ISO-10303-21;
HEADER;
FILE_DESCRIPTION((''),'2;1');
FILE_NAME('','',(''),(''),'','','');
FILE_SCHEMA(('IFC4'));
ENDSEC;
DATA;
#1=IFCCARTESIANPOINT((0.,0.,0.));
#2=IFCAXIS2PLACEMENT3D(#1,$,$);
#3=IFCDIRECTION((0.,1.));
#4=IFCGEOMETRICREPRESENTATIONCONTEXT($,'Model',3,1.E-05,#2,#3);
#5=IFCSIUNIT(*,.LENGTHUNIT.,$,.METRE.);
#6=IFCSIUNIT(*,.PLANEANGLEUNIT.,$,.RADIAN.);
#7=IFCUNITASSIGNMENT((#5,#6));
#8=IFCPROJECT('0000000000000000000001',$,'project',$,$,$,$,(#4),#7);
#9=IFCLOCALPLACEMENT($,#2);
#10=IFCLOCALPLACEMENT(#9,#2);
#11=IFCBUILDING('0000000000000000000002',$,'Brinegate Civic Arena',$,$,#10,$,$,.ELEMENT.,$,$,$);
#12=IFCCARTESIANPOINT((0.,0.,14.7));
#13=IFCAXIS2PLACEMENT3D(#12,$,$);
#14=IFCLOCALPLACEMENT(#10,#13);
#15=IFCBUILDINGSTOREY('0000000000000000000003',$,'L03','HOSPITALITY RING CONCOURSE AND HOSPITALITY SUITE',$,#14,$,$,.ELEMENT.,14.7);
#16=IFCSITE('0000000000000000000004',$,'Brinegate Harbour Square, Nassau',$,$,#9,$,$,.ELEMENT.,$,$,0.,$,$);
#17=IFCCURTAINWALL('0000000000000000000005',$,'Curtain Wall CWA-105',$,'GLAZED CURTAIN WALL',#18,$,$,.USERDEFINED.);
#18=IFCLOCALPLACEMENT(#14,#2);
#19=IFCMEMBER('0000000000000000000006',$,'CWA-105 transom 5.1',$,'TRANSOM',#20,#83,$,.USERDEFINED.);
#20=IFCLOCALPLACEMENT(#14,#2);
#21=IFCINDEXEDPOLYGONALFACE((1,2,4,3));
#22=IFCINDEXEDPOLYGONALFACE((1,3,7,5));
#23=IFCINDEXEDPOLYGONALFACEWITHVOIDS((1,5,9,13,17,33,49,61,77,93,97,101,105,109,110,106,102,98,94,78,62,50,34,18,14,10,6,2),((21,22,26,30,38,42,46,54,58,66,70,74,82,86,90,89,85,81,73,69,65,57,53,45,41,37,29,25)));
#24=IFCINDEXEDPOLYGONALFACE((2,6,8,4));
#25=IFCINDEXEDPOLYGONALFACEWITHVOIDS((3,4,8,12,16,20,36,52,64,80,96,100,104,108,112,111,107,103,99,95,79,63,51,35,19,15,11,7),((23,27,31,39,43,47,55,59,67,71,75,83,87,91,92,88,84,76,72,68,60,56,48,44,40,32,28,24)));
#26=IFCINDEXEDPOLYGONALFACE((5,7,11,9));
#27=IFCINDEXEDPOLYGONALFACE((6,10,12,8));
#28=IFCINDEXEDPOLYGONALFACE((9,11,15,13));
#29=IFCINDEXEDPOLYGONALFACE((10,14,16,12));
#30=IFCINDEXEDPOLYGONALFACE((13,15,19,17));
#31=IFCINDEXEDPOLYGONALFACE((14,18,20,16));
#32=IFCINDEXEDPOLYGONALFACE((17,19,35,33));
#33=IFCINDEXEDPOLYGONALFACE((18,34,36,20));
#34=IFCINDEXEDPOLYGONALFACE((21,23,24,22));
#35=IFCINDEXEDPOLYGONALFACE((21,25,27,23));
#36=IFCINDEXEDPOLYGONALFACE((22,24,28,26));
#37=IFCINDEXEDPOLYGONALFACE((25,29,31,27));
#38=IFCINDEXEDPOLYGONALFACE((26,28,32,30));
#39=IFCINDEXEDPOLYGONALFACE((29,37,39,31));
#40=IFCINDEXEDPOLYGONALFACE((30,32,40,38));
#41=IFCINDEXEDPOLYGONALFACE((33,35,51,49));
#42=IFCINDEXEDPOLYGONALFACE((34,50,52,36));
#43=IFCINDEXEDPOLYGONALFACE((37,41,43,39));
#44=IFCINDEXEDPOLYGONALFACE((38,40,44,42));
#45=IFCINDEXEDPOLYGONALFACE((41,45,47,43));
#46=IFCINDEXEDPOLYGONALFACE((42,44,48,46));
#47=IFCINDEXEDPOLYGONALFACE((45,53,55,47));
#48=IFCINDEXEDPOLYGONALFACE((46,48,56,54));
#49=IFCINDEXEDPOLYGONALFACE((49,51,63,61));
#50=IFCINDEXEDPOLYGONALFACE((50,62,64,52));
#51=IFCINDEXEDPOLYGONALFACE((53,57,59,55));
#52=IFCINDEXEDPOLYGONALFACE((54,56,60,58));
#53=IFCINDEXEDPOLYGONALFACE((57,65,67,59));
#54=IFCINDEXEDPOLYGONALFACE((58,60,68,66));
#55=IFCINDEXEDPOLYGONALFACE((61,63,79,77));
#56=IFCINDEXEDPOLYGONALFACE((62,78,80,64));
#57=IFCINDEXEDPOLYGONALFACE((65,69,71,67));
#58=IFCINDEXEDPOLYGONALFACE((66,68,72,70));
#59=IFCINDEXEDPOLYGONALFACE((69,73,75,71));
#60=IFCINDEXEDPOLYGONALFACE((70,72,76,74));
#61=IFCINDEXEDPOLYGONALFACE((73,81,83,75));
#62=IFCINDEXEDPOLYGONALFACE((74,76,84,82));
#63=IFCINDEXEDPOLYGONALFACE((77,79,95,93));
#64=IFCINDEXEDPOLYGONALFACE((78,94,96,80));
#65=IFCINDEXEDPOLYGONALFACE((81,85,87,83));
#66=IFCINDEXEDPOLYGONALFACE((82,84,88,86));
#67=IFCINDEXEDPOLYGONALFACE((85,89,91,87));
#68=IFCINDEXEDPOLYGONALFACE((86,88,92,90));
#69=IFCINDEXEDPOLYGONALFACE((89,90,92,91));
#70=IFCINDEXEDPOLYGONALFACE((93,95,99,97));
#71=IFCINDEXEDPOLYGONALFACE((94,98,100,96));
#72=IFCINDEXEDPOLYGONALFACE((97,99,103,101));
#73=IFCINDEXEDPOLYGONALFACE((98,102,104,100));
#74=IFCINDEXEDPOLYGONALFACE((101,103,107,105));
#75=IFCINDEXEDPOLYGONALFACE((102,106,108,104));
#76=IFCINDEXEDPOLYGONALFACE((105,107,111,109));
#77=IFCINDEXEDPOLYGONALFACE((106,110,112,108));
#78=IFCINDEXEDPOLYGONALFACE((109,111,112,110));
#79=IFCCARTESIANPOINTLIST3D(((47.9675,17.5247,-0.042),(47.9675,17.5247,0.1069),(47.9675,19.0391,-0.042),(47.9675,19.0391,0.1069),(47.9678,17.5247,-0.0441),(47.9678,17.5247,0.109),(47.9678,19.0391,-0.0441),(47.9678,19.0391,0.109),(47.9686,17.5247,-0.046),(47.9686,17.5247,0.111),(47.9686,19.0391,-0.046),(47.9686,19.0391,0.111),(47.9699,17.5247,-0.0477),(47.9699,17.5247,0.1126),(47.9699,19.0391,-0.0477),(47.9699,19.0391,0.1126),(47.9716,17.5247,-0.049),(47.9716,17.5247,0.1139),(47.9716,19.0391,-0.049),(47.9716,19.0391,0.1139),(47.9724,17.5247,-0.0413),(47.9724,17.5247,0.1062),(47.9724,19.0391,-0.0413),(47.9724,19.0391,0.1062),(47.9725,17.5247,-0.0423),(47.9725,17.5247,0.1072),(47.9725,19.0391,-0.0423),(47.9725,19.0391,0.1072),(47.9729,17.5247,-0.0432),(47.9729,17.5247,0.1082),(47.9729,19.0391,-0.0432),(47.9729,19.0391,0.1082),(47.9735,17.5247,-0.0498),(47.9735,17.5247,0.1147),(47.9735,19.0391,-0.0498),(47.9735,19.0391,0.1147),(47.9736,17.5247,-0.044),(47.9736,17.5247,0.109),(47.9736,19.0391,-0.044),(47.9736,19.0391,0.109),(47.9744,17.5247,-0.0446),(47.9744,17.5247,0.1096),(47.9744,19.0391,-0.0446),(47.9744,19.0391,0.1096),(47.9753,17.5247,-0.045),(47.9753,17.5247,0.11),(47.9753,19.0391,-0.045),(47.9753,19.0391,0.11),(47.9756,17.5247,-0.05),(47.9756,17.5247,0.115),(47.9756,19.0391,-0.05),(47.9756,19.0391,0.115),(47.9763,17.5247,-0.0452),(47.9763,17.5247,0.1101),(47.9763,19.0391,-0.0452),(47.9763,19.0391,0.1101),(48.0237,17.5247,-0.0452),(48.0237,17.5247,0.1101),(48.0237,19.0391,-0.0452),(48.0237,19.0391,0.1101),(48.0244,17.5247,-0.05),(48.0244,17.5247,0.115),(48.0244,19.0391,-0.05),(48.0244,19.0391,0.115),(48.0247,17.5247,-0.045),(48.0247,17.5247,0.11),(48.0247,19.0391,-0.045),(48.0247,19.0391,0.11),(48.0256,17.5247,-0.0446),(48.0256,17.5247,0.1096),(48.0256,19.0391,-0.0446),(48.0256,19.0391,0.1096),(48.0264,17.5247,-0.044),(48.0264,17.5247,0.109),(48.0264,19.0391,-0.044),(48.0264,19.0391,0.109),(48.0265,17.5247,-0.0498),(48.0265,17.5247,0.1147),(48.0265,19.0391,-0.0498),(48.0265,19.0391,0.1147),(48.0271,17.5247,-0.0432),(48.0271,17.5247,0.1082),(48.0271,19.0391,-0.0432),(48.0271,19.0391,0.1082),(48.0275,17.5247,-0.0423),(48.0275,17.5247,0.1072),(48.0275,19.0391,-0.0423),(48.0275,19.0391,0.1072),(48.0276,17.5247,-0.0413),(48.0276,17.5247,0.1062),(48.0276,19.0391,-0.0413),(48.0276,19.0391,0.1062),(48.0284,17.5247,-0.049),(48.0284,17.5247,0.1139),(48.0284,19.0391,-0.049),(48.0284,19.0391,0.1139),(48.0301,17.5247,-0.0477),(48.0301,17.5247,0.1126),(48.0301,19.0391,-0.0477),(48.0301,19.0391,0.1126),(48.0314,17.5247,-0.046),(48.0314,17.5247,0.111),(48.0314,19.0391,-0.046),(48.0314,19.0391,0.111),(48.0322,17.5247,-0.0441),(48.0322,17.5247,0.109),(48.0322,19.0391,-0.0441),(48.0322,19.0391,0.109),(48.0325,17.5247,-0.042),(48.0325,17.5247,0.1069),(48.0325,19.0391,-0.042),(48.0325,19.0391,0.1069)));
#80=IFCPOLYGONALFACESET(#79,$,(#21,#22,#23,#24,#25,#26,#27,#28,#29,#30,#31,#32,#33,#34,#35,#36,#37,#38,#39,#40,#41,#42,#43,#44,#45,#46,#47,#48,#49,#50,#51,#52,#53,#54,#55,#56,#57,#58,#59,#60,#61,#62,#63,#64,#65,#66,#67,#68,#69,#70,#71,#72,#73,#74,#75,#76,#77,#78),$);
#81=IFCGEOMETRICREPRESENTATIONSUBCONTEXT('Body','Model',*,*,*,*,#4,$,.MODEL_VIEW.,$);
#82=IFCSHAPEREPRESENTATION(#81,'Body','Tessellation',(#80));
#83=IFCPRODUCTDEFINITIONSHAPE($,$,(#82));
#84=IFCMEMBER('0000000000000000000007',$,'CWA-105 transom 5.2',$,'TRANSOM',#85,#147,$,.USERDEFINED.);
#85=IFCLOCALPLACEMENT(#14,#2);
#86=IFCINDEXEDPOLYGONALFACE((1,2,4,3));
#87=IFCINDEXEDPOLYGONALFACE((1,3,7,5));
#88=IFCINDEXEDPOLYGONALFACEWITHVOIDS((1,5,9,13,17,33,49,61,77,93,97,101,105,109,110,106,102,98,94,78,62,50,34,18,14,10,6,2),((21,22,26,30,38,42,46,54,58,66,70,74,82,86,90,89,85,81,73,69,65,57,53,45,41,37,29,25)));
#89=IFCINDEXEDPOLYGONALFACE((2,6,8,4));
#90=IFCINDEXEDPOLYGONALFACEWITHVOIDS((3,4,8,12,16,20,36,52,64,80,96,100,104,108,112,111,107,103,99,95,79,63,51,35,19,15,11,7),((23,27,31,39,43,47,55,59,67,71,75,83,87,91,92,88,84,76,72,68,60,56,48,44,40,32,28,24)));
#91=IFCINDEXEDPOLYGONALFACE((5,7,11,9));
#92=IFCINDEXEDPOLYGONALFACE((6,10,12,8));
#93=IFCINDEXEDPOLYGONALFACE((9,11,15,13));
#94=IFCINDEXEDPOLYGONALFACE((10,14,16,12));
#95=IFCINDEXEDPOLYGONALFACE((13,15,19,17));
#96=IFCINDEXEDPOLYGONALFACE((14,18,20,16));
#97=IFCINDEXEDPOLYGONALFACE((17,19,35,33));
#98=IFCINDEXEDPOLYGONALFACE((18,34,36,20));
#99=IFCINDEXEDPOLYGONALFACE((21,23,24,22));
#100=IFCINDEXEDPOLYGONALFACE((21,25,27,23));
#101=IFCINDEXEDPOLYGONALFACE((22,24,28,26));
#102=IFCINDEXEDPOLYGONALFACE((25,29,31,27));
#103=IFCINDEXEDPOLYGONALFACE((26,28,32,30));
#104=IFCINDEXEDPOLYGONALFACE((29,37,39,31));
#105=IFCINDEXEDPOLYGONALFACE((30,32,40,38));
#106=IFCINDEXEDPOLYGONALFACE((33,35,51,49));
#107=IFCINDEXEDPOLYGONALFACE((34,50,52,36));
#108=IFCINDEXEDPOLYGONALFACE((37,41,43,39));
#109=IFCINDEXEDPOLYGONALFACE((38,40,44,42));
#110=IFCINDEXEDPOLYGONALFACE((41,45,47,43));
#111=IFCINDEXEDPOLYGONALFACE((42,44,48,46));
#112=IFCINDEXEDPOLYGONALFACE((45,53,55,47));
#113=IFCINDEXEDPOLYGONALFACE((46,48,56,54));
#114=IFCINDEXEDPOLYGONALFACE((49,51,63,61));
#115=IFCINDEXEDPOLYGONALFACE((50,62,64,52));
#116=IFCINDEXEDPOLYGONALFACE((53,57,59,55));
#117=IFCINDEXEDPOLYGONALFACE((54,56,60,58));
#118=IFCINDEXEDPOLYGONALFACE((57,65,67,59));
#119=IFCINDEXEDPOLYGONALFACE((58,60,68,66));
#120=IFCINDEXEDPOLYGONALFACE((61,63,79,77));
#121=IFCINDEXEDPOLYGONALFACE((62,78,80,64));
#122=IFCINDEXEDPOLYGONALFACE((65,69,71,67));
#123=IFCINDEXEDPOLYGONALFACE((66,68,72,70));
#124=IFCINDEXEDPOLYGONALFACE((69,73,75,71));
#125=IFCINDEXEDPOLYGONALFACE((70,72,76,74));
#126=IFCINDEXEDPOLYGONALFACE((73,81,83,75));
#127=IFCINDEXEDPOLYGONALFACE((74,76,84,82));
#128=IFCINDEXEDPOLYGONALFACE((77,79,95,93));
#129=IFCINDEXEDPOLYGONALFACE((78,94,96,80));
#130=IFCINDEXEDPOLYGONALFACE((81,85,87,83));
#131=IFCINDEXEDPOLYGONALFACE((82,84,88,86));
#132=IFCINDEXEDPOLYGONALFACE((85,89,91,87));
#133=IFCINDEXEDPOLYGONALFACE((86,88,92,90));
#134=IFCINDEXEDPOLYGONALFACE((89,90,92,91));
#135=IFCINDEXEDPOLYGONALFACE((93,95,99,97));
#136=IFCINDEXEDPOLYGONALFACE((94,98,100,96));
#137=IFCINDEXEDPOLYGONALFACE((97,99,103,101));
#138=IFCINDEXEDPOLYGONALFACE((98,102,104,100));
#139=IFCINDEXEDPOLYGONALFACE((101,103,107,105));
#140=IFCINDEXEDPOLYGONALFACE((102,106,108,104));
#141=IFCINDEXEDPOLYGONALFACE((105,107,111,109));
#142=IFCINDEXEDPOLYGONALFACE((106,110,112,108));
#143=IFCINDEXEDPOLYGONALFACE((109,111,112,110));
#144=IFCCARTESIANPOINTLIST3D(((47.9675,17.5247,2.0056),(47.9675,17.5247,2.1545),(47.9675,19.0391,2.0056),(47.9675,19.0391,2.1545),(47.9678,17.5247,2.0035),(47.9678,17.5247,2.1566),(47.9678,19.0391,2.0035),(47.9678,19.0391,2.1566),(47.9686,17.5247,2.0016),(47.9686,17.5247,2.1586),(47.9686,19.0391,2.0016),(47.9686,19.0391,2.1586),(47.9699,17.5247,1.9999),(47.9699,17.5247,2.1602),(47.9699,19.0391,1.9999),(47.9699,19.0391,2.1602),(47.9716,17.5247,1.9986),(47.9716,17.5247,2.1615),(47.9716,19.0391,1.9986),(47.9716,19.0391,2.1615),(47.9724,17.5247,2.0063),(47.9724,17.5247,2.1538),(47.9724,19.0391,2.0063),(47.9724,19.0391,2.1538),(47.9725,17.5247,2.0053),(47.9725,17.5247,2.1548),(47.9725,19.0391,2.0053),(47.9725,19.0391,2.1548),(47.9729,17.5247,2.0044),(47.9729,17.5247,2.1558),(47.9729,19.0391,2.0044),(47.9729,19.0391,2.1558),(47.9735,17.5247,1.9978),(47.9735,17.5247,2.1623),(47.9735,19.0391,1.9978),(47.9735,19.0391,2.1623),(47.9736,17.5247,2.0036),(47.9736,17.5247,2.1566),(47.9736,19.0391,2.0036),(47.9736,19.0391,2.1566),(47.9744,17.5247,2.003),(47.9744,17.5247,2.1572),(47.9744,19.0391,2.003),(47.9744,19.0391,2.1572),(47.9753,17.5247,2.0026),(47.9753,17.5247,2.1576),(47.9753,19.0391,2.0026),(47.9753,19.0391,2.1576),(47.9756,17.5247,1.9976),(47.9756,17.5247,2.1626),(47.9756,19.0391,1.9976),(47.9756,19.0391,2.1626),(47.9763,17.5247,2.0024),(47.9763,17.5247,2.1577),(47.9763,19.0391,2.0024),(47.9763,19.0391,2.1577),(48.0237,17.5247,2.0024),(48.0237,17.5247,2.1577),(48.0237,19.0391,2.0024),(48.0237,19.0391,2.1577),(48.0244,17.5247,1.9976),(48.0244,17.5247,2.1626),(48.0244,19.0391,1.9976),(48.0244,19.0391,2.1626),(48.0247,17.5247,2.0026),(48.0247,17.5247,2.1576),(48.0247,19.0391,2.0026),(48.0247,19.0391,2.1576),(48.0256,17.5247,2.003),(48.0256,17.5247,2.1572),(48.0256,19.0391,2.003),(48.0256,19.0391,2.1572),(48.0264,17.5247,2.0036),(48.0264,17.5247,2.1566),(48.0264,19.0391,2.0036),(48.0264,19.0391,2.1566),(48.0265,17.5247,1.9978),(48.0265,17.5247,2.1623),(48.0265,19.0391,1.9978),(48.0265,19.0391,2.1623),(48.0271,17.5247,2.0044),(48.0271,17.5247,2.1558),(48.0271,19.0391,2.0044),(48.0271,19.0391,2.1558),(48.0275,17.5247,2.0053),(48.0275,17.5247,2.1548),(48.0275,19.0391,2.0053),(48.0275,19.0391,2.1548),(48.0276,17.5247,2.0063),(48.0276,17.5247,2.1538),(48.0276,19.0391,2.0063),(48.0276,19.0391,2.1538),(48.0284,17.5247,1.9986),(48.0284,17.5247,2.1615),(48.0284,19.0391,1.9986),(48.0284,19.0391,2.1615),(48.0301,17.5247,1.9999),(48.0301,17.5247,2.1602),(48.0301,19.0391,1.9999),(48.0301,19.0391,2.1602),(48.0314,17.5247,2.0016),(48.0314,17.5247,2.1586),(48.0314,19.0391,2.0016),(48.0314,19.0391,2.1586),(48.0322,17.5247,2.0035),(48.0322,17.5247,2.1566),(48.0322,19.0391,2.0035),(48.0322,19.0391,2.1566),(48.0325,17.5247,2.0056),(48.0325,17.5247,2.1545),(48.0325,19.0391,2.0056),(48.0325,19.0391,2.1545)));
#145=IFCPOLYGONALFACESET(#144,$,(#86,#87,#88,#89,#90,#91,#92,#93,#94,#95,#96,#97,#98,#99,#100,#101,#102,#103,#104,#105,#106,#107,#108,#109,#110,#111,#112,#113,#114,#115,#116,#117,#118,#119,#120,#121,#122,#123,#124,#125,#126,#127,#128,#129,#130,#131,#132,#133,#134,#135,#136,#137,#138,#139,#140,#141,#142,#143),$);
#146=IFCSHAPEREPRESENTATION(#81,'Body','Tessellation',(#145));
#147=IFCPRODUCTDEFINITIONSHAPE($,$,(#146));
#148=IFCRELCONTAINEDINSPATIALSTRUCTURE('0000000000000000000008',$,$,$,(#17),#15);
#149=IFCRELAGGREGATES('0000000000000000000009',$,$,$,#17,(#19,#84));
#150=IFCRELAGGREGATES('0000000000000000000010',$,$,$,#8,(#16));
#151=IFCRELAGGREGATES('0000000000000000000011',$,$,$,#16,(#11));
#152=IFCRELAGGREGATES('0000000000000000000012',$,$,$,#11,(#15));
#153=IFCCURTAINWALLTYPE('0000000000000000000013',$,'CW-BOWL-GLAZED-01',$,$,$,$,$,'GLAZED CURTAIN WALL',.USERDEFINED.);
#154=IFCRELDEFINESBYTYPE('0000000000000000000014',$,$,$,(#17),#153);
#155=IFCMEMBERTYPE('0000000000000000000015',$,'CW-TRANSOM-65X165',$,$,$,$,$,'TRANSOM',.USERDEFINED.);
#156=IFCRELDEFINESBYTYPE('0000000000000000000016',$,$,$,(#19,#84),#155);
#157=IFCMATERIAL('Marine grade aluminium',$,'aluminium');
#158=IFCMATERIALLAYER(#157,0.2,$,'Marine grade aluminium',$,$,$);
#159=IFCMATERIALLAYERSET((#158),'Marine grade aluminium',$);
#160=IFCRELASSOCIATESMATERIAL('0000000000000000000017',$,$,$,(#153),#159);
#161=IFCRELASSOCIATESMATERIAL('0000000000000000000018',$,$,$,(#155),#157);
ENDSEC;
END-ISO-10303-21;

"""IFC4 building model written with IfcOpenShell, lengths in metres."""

from ifc_helpers import new_model, si_unit, direction, frame, origin, origin_2d, place, context, subcontext, project, spatial, hollow_rectangle, extrude, material, layer, layer_set, material_profile, profile_set, type_object, element, aggregate, save


model = new_model("IFC4")

# Units and contexts
model_context = context("Model", 3, precision=1e-05, world=origin(), true_north=direction((0.0, 1.0)))
body_context = subcontext(model_context, "Body", "Model", "MODEL_VIEW")
ifc_project = project(units=[si_unit("LENGTHUNIT", "METRE"), si_unit("PLANEANGLEUNIT", "RADIAN")], contexts=[model_context])

# Site, building, storey
site_placement = place(None, origin())
site = spatial("IfcSite", under=ifc_project, at=site_placement, Name="Brinegate Harbour Square, Nassau", CompositionType="ELEMENT", RefElevation=0.0)
building_placement = place(site_placement, origin())
building = spatial("IfcBuilding", under=site, at=building_placement, Name="Brinegate Civic Arena", CompositionType="ELEMENT")
storey_placement = place(building_placement, frame((0.0, 0.0, 14.7)))
storey = spatial("IfcBuildingStorey", under=building, at=storey_placement, Name="L03", Description="HOSPITALITY RING CONCOURSE AND HOSPITALITY SUITE", CompositionType="ELEMENT", Elevation=14.7)

# Curtain wall
ifc_material_1 = material(Name="Marine grade aluminium", Category="aluminium")
ifc_layer_1 = layer(ifc_material_1, 0.2, Name="Marine grade aluminium")
ifc_layer_set_1 = layer_set([ifc_layer_1], Name="Marine grade aluminium")
curtain_wall_type = type_object("IfcCurtainWallType", Name="CW-BOWL-GLAZED-01", ElementType="GLAZED CURTAIN WALL", PredefinedType="USERDEFINED", material=ifc_layer_set_1)
curtain_wall_1_placement = place(storey_placement, origin())
curtain_wall_1 = element("IfcCurtainWall", 1, at=curtain_wall_1_placement, inside=storey, type_object=curtain_wall_type, Name="Curtain Wall CWA-105", ObjectType="GLAZED CURTAIN WALL", PredefinedType="USERDEFINED")

# Members
ifc_material_profile_1 = material_profile(ifc_material_1, hollow_rectangle(XDim=0.0649, YDim=0.165, WallThickness=0.0049, InnerFilletRadius=0.0039, OuterFilletRadius=0.0081, at=origin_2d()), Name="TRN65X165")
ifc_profile_set_1 = profile_set([ifc_material_profile_1], Name="Marine grade aluminium")
member_type_1 = type_object("IfcMemberType", Name="CW-TRANSOM-65X165", ElementType="TRANSOM", PredefinedType="USERDEFINED", material=ifc_profile_set_1)
member_1_placement = place(storey_placement, frame((48.0, 17.5247, 0.0325), z_axis=(0.0, 1.0, 0.0), x_axis=(-1.0, 0.0, 0.0)))
member_1 = element("IfcMember", 2, at=member_1_placement, type_object=member_type_1, Name="CWA-105 transom 5.1", ObjectType="TRANSOM", PredefinedType="USERDEFINED", context=body_context, shape_type="SweptSolid", body=[
    extrude(hollow_rectangle(XDim=0.0649, YDim=0.165, WallThickness=0.0049, InnerFilletRadius=0.0039, OuterFilletRadius=0.0081, at=origin_2d()), origin(), (0.0, 0.0, 1.0), 1.5144),
])
member_2_placement = place(storey_placement, frame((48.0, 17.5247, 2.0801), z_axis=(0.0, 1.0, 0.0), x_axis=(-1.0, 0.0, 0.0)))
member_2 = element("IfcMember", 3, at=member_2_placement, type_object=member_type_1, Name="CWA-105 transom 5.2", ObjectType="TRANSOM", PredefinedType="USERDEFINED", context=body_context, shape_type="SweptSolid", body=[
    extrude(hollow_rectangle(XDim=0.0649, YDim=0.165, WallThickness=0.0049, InnerFilletRadius=0.0039, OuterFilletRadius=0.0081, at=origin_2d()), origin(), (0.0, 0.0, 1.0), 1.5144),
])

aggregate(curtain_wall_1, [member_1, member_2])

save(model, "model.ifc")
